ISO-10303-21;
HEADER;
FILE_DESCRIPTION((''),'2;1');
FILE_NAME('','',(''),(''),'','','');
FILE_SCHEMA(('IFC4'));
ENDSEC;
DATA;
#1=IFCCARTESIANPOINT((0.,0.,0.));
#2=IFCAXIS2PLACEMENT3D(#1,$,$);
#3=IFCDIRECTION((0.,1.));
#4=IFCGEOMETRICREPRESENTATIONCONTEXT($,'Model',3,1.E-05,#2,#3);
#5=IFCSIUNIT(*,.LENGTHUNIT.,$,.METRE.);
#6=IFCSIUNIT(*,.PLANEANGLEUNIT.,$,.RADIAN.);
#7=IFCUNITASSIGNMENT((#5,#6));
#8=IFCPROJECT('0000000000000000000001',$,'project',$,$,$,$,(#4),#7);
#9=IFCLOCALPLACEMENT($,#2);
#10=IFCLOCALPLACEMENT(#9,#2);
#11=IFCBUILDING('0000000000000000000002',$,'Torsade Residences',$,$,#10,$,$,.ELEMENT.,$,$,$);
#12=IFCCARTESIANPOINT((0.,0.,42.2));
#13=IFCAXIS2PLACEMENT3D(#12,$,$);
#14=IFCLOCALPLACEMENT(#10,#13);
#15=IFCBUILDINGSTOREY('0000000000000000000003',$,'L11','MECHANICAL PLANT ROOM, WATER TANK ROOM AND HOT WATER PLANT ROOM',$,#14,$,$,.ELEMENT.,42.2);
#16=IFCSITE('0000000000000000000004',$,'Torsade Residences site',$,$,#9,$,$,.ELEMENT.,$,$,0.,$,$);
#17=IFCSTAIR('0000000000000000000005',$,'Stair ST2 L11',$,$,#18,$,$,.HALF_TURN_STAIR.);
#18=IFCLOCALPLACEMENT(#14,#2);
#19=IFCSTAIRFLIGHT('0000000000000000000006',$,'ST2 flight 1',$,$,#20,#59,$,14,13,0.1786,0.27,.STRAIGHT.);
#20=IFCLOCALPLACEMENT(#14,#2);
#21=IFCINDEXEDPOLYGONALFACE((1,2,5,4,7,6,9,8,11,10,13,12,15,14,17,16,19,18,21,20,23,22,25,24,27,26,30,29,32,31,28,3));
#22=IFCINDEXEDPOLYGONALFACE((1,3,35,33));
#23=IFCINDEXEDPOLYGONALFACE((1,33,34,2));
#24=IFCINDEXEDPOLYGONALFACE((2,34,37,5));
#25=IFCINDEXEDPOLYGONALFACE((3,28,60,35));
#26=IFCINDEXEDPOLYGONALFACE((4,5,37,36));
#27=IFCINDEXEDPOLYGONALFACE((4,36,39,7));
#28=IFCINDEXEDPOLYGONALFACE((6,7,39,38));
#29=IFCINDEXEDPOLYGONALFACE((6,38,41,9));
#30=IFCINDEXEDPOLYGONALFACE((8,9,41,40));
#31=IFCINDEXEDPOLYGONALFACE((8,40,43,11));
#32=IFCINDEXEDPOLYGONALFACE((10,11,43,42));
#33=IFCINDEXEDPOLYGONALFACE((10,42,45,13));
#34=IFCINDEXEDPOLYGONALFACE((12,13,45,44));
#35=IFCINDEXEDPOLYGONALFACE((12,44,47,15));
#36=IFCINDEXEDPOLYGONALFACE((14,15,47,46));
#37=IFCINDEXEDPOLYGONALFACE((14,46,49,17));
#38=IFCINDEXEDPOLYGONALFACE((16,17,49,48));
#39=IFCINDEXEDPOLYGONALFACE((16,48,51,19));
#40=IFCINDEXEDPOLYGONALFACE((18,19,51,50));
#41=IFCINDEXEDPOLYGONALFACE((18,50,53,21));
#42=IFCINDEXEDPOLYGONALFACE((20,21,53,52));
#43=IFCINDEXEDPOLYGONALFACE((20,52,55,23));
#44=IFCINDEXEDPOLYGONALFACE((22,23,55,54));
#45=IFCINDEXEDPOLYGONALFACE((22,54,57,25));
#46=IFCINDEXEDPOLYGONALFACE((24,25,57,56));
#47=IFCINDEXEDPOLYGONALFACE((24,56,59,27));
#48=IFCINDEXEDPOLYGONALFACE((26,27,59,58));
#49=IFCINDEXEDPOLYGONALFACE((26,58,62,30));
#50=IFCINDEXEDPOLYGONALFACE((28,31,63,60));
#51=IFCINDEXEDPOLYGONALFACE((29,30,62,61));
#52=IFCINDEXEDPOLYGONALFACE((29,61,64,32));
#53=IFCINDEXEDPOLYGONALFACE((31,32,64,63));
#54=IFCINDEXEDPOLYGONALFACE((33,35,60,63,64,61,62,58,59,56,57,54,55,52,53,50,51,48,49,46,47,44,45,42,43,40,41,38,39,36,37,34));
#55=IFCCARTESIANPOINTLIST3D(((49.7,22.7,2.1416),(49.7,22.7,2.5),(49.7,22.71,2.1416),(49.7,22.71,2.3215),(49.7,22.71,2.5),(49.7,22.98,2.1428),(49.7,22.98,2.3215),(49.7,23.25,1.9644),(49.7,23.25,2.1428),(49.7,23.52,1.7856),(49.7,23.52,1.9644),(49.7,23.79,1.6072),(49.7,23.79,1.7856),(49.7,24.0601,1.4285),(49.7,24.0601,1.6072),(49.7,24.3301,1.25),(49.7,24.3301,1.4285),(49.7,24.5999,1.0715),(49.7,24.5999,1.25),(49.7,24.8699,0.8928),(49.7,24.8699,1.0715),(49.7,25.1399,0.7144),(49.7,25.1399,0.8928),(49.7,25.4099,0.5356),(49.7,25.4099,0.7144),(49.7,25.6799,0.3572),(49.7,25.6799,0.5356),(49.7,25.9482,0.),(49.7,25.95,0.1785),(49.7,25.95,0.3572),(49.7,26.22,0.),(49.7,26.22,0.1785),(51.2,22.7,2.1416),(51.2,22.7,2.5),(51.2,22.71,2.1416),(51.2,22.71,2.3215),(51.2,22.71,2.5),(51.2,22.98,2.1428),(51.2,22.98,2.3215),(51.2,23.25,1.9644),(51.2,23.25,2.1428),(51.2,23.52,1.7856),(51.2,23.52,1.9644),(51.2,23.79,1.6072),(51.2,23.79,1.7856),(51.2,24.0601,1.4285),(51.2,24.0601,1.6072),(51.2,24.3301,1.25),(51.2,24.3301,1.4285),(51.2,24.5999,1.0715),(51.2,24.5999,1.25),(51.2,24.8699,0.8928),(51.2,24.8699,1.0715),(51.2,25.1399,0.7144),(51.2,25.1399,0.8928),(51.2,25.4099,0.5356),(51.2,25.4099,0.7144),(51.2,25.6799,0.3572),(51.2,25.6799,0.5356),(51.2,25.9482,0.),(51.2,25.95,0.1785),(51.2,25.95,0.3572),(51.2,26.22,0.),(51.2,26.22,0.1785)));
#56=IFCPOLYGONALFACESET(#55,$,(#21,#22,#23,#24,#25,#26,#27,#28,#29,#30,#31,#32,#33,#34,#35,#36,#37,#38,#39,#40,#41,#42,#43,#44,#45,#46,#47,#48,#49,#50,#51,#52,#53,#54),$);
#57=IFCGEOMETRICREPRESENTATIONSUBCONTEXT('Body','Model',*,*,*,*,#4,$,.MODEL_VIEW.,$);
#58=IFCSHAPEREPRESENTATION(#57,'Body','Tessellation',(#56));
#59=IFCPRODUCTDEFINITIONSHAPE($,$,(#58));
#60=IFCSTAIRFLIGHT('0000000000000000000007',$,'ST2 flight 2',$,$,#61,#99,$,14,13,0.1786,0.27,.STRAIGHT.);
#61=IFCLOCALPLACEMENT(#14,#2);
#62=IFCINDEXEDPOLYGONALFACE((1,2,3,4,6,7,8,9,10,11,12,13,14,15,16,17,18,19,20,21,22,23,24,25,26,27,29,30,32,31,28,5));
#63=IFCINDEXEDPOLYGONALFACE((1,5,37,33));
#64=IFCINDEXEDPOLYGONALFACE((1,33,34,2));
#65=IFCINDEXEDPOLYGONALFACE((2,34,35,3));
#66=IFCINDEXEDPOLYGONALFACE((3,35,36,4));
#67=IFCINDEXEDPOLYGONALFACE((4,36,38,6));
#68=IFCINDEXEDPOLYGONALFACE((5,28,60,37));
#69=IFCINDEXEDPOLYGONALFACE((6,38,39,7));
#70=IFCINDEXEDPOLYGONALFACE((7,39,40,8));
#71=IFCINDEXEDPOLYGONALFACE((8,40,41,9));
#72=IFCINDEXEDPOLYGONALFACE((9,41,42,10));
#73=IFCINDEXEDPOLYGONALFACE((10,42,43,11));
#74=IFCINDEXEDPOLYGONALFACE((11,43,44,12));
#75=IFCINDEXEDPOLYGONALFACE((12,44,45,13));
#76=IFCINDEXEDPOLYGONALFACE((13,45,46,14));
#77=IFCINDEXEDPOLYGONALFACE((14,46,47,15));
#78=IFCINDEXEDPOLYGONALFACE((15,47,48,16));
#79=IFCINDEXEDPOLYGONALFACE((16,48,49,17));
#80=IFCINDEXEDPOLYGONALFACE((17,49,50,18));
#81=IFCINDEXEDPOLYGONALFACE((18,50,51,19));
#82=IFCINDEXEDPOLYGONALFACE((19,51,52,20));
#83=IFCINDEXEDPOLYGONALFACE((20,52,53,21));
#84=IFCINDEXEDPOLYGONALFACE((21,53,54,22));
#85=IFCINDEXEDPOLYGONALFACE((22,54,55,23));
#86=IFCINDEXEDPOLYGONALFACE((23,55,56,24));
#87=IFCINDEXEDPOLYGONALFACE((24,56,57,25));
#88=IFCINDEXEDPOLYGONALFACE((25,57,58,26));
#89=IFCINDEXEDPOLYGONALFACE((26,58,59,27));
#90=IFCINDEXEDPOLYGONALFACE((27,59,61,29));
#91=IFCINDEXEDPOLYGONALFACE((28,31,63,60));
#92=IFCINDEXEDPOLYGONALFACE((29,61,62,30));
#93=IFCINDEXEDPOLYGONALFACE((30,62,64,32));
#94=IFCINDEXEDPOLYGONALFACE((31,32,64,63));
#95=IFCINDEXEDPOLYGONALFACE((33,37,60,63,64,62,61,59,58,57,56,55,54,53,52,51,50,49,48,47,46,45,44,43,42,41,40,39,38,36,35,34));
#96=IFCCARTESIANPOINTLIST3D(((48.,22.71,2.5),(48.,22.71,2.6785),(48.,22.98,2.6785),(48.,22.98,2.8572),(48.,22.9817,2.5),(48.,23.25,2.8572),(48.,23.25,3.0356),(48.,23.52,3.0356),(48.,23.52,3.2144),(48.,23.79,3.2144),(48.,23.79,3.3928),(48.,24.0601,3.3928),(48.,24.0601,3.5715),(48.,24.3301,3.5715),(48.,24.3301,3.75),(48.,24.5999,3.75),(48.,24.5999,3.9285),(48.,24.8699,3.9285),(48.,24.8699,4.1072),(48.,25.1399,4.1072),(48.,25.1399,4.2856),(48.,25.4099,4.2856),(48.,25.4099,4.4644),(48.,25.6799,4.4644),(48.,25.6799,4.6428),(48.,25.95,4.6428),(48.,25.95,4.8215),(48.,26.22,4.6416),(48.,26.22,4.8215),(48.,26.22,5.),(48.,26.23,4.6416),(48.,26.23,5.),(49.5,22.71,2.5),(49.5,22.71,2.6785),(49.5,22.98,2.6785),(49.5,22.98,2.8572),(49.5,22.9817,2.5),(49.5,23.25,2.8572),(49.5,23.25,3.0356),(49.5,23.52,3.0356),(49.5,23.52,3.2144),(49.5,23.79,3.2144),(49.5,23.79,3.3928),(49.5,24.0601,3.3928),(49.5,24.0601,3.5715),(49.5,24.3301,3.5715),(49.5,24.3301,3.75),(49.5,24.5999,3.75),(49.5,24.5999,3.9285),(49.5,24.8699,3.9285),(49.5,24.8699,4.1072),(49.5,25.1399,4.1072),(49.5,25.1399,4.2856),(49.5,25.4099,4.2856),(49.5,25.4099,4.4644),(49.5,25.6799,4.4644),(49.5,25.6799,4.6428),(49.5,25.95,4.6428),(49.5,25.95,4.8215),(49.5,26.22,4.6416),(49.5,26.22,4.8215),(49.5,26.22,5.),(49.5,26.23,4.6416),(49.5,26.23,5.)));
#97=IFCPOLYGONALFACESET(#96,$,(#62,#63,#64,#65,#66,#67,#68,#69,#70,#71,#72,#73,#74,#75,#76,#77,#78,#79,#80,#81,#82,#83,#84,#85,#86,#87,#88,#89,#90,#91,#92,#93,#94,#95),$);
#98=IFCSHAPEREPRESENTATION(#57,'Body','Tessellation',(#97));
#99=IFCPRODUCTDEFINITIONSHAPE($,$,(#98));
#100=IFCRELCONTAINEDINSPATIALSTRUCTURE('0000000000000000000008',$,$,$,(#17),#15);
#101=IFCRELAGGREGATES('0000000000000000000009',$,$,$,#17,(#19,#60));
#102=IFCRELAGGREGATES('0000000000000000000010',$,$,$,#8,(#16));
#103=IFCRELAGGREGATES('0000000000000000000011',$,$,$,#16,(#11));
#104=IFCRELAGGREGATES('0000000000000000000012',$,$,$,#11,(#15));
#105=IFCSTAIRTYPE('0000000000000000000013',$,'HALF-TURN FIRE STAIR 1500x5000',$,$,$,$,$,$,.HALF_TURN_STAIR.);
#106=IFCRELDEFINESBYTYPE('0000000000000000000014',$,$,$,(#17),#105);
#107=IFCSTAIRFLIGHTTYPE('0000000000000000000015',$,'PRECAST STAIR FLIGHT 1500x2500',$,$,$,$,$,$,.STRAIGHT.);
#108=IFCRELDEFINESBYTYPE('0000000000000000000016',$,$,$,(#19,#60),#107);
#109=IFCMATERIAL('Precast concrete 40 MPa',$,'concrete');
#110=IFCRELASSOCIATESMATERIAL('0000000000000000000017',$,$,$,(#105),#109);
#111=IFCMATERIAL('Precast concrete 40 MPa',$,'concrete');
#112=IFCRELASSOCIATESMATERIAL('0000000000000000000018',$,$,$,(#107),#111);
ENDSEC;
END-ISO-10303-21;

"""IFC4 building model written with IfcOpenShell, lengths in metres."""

from ifc_helpers import new_model, si_unit, direction, frame, origin, place, context, subcontext, project, spatial, polyline, outline, extrude, material, type_object, element, aggregate, save


model = new_model("IFC4")

# Units and contexts
model_context = context("Model", 3, precision=1e-05, world=origin(), true_north=direction((0.0, 1.0)))
body_context = subcontext(model_context, "Body", "Model", "MODEL_VIEW")
ifc_project = project(units=[si_unit("LENGTHUNIT", "METRE"), si_unit("PLANEANGLEUNIT", "RADIAN")], contexts=[model_context])

# Site, building, storey
site_placement = place(None, origin())
site = spatial("IfcSite", under=ifc_project, at=site_placement, Name="Torsade Residences site", CompositionType="ELEMENT", RefElevation=0.0)
building_placement = place(site_placement, origin())
building = spatial("IfcBuilding", under=site, at=building_placement, Name="Torsade Residences", CompositionType="ELEMENT")
storey_placement = place(building_placement, frame((0.0, 0.0, 42.2)))
storey = spatial("IfcBuildingStorey", under=building, at=storey_placement, Name="L11", Description="MECHANICAL PLANT ROOM, WATER TANK ROOM AND HOT WATER PLANT ROOM", CompositionType="ELEMENT", Elevation=42.2)

# Stair, stair flights
ifc_material_1 = material(Name="Precast concrete 40 MPa", Category="concrete")
stair_type = type_object("IfcStairType", Name="HALF-TURN FIRE STAIR 1500x5000", PredefinedType="HALF_TURN_STAIR", material=ifc_material_1)
stair_placement = place(storey_placement, origin())
stair = element("IfcStair", 1, at=stair_placement, inside=storey, type_object=stair_type, Name="Stair ST2 L11", PredefinedType="HALF_TURN_STAIR")
ifc_material_2 = material(Name="Precast concrete 40 MPa", Category="concrete")
stair_flight_type = type_object("IfcStairFlightType", Name="PRECAST STAIR FLIGHT 1500x2500", PredefinedType="STRAIGHT", material=ifc_material_2)
stair_flight_1_placement = place(storey_placement, frame((50.45, 26.22, 0.0), z_axis=(0.0, 0.0, 1.0), x_axis=(0.0, -1.0, 0.0)))
stair_flight_1 = element("IfcStairFlight", 2, at=stair_flight_1_placement, type_object=stair_flight_type, Name="ST2 flight 1", NumberOfRisers=14, NumberOfTreads=13, PredefinedType="STRAIGHT", RiserHeight=0.1786, TreadLength=0.27, context=body_context, shape_type="SweptSolid", body=[
    extrude(outline(polyline([(0.0, 0.0), (0.0, 0.1785), (0.27, 0.1785), (0.27, 0.3572), (0.54, 0.3572), (0.54, 0.5356), (0.8101, 0.5356), (0.8101, 0.7144), (1.0801, 0.7144), (1.0801, 0.8928), (1.3501, 0.8928), (1.3501, 1.0715), (1.6201, 1.0715), (1.6201, 1.25), (1.8899, 1.25), (1.8899, 1.4285), (2.1599, 1.4285), (2.1599, 1.6072), (2.4299, 1.6072), (2.4299, 1.7856), (2.7, 1.7856), (2.7, 1.9644), (2.97, 1.9644), (2.97, 2.1428), (3.24, 2.1428), (3.24, 2.3215), (3.51, 2.3215), (3.51, 2.5), (3.52, 2.5), (3.52, 2.1416), (3.51, 2.1416), (0.2717, 0.0), (0.0, 0.0)])), frame((0.0, 0.75, 0.0), z_axis=(0.0, -1.0, 0.0), x_axis=(1.0, 0.0, 0.0)), (0.0, 0.0, 1.0), 1.5),
])
stair_flight_2_placement = place(storey_placement, frame((48.75, 22.71, 2.5), z_axis=(0.0, 0.0, 1.0), x_axis=(0.0, 1.0, 0.0)))
stair_flight_2 = element("IfcStairFlight", 3, at=stair_flight_2_placement, type_object=stair_flight_type, Name="ST2 flight 2", NumberOfRisers=14, NumberOfTreads=13, PredefinedType="STRAIGHT", RiserHeight=0.1786, TreadLength=0.27, context=body_context, shape_type="SweptSolid", body=[
    extrude(outline(polyline([(0.0, 0.0), (0.0, 0.1785), (0.27, 0.1785), (0.27, 0.3572), (0.54, 0.3572), (0.54, 0.5356), (0.8101, 0.5356), (0.8101, 0.7144), (1.0801, 0.7144), (1.0801, 0.8928), (1.3501, 0.8928), (1.3501, 1.0715), (1.6201, 1.0715), (1.6201, 1.25), (1.8899, 1.25), (1.8899, 1.4285), (2.1599, 1.4285), (2.1599, 1.6072), (2.4299, 1.6072), (2.4299, 1.7856), (2.7, 1.7856), (2.7, 1.9644), (2.97, 1.9644), (2.97, 2.1428), (3.24, 2.1428), (3.24, 2.3215), (3.51, 2.3215), (3.51, 2.5), (3.52, 2.5), (3.52, 2.1416), (3.51, 2.1416), (0.2717, 0.0), (0.0, 0.0)])), frame((0.0, 0.75, 0.0), z_axis=(0.0, -1.0, 0.0), x_axis=(1.0, 0.0, 0.0)), (0.0, 0.0, 1.0), 1.5),
])
aggregate(stair, [stair_flight_1, stair_flight_2])

save(model, "model.ifc")
